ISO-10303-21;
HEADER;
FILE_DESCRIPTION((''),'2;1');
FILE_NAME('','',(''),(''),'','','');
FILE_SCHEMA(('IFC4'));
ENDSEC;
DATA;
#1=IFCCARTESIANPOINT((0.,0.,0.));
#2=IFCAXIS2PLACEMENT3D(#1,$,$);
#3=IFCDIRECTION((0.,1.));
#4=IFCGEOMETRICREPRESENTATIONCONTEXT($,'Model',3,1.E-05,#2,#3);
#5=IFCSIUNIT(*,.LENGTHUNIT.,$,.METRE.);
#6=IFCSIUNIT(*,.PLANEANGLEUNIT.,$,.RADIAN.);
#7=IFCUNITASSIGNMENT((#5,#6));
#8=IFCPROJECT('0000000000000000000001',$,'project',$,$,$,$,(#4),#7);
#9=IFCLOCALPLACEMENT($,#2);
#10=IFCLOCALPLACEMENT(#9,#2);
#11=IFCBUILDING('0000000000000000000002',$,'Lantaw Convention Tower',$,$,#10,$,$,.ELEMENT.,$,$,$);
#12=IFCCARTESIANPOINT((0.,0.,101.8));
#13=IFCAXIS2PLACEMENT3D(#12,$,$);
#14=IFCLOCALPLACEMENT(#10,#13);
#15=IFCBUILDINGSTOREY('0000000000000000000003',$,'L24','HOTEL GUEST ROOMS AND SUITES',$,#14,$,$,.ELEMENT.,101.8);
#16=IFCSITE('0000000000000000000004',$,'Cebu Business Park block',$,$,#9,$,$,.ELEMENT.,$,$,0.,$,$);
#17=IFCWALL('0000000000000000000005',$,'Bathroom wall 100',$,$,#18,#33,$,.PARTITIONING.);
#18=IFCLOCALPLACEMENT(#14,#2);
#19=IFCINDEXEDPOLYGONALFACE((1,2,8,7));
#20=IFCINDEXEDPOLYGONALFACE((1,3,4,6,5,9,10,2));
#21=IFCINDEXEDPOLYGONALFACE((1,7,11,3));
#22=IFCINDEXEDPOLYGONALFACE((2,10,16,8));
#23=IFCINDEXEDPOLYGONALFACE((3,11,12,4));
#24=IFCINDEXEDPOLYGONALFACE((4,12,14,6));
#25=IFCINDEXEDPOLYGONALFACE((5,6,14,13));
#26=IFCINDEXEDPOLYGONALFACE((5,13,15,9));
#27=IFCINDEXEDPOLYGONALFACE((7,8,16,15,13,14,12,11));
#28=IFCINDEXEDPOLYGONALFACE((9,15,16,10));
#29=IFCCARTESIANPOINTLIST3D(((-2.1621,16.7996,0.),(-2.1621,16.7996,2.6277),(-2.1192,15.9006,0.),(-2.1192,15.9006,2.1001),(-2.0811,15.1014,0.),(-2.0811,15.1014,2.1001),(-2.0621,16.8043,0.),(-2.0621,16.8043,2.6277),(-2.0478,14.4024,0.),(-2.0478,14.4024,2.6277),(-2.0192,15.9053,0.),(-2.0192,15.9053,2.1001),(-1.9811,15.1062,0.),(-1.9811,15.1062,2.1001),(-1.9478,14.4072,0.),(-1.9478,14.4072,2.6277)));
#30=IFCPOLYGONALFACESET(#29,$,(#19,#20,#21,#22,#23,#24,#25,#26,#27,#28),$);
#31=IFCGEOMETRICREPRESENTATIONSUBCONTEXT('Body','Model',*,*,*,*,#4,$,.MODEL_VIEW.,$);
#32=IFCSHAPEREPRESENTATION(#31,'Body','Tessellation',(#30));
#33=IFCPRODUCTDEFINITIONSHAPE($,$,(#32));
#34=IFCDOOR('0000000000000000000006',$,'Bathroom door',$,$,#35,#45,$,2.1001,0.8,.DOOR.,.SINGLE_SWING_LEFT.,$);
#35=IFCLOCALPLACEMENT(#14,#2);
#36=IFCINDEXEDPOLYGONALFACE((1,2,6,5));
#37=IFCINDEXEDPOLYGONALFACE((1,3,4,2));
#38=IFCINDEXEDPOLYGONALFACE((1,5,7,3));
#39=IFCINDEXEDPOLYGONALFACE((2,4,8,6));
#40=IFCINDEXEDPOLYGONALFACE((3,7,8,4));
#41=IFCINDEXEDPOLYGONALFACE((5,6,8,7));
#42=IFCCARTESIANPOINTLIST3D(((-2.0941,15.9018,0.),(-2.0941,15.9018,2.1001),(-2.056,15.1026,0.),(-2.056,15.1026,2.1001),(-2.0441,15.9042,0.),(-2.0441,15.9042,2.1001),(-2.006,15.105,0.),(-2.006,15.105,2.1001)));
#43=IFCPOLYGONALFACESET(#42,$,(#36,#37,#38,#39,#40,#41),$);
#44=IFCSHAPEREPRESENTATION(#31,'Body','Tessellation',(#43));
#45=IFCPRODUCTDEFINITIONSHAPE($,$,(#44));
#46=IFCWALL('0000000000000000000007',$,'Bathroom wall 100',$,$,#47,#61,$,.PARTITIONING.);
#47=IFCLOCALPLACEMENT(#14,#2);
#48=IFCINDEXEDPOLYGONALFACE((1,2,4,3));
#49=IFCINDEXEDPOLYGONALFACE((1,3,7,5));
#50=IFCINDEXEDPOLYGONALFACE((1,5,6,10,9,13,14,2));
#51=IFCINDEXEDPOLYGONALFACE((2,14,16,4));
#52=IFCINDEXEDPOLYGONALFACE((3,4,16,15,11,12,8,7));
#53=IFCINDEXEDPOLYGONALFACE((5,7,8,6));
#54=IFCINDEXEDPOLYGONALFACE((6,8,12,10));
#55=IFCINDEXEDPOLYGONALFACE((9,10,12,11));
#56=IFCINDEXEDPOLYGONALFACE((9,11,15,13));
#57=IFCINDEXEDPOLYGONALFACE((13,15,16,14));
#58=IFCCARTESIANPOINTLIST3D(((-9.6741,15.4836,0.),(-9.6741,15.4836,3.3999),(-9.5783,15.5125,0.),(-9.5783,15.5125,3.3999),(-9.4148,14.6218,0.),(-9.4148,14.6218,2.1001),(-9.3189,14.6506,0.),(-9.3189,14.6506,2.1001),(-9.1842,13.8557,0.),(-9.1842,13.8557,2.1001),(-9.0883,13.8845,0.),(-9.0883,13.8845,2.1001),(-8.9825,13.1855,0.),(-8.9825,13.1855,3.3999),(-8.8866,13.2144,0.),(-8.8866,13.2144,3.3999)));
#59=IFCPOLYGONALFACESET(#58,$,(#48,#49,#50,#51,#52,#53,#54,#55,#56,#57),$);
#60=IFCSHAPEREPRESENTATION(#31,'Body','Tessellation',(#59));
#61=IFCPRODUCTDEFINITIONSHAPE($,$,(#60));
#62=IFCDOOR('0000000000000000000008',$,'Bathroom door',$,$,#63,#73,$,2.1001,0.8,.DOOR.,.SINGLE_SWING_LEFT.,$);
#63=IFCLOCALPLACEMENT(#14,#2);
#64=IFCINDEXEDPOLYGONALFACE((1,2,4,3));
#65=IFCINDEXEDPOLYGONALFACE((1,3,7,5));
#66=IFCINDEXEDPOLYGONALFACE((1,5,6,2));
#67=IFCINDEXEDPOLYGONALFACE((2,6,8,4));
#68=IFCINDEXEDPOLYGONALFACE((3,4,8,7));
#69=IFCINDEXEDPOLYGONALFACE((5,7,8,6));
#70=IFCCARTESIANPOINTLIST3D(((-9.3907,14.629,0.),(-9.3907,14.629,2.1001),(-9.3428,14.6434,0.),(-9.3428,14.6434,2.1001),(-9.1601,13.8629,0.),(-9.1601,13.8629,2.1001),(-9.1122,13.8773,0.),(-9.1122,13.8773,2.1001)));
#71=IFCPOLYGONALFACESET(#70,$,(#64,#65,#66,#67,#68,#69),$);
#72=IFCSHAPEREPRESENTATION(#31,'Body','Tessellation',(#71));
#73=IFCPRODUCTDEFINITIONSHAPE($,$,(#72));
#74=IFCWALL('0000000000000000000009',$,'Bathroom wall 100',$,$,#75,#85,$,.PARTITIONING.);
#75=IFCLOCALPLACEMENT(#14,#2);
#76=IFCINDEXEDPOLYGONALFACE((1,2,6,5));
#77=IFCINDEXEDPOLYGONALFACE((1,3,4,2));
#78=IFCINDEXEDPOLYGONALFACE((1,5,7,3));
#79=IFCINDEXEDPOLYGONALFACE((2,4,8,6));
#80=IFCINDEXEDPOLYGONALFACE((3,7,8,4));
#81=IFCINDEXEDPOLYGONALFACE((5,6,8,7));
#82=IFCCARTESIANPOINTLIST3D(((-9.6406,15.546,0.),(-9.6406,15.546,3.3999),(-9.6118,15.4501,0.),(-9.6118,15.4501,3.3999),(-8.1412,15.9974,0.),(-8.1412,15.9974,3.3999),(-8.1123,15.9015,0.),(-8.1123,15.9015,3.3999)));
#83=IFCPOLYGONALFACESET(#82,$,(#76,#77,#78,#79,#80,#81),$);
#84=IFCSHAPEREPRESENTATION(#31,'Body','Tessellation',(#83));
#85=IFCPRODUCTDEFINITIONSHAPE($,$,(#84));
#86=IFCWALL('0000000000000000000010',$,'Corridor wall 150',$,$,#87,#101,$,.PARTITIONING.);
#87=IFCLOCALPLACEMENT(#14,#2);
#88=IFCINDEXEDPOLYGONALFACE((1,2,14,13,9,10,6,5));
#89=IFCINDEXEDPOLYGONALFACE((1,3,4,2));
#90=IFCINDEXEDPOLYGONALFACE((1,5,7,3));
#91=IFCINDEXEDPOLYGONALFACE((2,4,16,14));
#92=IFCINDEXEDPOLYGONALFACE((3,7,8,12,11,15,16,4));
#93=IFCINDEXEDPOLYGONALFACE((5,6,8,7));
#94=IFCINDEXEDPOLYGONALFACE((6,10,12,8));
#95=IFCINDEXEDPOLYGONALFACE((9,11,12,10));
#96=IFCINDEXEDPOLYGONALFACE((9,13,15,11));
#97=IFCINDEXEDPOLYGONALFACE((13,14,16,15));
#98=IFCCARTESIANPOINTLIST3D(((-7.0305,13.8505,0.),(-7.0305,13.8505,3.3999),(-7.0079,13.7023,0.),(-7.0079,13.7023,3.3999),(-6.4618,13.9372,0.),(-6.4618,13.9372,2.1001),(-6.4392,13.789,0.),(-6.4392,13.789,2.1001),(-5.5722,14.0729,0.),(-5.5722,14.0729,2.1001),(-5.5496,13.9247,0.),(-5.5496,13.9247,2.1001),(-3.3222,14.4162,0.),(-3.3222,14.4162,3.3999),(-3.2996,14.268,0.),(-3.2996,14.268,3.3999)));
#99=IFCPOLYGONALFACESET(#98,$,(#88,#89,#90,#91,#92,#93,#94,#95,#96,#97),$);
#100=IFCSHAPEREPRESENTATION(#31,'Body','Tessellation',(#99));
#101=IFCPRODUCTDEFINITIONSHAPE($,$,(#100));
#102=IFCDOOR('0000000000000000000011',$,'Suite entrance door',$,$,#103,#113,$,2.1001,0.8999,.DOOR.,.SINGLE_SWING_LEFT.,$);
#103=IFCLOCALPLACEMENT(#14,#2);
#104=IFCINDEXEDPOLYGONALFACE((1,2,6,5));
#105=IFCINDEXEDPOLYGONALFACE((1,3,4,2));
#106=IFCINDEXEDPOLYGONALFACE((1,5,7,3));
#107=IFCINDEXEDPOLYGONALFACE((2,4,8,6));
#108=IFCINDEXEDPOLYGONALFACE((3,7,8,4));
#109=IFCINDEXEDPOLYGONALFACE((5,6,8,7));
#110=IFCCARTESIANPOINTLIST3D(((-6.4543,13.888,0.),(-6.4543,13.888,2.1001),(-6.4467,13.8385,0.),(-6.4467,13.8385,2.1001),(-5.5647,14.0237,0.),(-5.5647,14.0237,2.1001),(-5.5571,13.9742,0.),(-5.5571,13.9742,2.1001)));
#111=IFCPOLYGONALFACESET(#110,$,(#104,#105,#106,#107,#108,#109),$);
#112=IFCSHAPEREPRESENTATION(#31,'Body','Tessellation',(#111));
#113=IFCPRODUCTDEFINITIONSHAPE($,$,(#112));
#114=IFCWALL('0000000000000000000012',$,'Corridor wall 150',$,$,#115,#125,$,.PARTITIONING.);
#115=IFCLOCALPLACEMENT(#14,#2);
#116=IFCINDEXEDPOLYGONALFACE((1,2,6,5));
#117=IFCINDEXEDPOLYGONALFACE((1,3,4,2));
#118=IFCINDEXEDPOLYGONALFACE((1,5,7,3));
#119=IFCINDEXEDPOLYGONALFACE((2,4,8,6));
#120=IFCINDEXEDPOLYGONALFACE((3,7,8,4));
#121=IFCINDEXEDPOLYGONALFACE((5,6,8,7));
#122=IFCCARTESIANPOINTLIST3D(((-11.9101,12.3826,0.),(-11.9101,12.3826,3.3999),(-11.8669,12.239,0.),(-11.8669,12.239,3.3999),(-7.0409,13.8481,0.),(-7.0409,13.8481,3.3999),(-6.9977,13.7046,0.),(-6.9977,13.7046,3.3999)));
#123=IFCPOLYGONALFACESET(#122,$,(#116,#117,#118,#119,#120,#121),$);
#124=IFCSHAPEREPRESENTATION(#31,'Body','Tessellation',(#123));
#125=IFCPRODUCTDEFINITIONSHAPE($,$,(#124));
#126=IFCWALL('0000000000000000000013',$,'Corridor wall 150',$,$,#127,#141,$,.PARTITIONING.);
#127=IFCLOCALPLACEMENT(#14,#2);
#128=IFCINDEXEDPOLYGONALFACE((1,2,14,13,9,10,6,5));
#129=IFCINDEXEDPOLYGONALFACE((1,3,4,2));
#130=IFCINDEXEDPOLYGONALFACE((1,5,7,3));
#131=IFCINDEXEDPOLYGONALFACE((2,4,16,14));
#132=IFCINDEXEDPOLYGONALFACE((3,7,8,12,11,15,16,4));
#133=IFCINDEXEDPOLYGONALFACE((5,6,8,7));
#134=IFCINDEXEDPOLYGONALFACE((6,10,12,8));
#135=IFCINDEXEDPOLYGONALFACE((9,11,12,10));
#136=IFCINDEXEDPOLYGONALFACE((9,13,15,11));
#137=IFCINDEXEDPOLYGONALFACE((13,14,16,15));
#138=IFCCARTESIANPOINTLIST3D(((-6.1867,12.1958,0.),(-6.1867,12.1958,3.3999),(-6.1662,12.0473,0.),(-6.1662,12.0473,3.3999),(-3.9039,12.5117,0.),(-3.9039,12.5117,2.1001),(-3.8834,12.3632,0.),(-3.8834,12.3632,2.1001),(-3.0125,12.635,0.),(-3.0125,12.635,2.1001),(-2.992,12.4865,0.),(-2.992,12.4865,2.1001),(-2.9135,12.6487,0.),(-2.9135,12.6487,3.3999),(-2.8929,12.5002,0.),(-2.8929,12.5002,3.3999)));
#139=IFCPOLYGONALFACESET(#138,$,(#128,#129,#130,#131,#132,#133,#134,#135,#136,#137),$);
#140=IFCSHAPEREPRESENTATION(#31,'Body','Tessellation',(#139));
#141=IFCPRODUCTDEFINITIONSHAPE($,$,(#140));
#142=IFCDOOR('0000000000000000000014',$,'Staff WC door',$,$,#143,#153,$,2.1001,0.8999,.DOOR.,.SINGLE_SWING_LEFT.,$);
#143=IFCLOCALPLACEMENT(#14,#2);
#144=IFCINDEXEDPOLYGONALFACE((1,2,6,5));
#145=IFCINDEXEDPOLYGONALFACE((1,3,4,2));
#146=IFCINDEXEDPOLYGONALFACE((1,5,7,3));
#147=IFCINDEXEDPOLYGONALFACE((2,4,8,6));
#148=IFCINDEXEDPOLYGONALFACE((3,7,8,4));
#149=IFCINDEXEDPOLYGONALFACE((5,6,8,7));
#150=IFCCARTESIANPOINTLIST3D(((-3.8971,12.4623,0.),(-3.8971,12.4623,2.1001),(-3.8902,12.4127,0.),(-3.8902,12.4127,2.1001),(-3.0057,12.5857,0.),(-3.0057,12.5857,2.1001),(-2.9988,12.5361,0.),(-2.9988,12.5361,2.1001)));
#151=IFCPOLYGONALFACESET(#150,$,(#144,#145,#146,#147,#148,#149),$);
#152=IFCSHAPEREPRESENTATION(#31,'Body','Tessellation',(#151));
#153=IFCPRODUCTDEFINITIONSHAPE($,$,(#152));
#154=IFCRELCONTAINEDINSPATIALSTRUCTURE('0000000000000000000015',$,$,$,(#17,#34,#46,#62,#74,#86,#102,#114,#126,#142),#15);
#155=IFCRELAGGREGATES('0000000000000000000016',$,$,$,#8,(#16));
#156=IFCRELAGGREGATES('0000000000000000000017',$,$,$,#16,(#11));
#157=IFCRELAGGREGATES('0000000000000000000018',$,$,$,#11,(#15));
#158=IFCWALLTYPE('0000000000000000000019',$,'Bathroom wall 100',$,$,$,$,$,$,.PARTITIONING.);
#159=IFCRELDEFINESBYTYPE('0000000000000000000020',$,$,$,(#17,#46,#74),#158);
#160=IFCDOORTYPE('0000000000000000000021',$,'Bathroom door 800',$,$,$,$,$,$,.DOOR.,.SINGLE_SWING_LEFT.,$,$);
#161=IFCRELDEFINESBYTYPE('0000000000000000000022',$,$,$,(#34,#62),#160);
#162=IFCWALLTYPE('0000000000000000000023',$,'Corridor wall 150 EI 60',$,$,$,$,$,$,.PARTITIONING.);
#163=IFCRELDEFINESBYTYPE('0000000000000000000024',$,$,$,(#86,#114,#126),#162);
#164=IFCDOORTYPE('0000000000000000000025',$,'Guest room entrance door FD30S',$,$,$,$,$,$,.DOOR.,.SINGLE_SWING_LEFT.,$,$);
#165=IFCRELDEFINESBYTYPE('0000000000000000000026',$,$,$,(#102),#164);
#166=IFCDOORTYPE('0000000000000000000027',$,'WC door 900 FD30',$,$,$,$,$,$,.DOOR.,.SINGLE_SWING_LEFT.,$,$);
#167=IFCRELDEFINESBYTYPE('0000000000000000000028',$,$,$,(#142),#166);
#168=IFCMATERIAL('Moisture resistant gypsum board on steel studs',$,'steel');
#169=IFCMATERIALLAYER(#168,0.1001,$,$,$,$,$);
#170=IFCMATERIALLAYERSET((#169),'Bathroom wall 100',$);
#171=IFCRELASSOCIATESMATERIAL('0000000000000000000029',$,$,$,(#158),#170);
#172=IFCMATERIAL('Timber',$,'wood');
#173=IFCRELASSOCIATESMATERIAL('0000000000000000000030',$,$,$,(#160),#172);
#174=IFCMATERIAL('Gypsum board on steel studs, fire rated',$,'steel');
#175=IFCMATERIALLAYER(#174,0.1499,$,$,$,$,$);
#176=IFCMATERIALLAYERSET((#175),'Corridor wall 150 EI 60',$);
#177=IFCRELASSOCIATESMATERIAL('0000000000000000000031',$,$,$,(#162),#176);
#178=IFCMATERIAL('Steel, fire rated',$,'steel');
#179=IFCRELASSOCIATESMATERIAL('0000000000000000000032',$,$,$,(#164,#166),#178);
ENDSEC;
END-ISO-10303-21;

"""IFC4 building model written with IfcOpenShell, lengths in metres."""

from ifc_helpers import new_model, si_unit, direction, frame, frame_2d, origin, place, context, subcontext, project, spatial, rectangle, extrude, material, layer, layer_set, type_object, element, fill, save


model = new_model("IFC4")

# Units and contexts
model_context = context("Model", 3, precision=1e-05, world=origin(), true_north=direction((0.0, 1.0)))
body_context = subcontext(model_context, "Body", "Model", "MODEL_VIEW")
ifc_project = project(units=[si_unit("LENGTHUNIT", "METRE"), si_unit("PLANEANGLEUNIT", "RADIAN")], contexts=[model_context])

# Site, building, storey
site_placement = place(None, origin())
site = spatial("IfcSite", under=ifc_project, at=site_placement, Name="Cebu Business Park block", CompositionType="ELEMENT", RefElevation=0.0)
building_placement = place(site_placement, origin())
building = spatial("IfcBuilding", under=site, at=building_placement, Name="Lantaw Convention Tower", CompositionType="ELEMENT")
storey_placement = place(building_placement, frame((0.0, 0.0, 101.8)))
storey = spatial("IfcBuildingStorey", under=building, at=storey_placement, Name="L24", Description="HOTEL GUEST ROOMS AND SUITES", CompositionType="ELEMENT", Elevation=101.8)

# Walls, openings, doors
ifc_material_1 = material(Name="Moisture resistant gypsum board on steel studs", Category="steel")
ifc_layer_1 = layer(ifc_material_1, 0.1001)
ifc_layer_set_1 = layer_set([ifc_layer_1], Name="Bathroom wall 100")
wall_type_1 = type_object("IfcWallType", Name="Bathroom wall 100", PredefinedType="PARTITIONING", material=ifc_layer_set_1)
wall_1_placement = place(storey_placement, frame((-1.9978, 14.4048, 0.0), z_axis=(0.0, 0.0, 1.0), x_axis=(-0.047609, 0.998866, 0.0)))
wall_1 = element("IfcWall", 1, at=wall_1_placement, inside=storey, type_object=wall_type_1, Name="Bathroom wall 100", PredefinedType="PARTITIONING", context=body_context, shape_type="SweptSolid", body=[
    extrude(rectangle(XDim=2.3999, YDim=0.1001, at=frame_2d((1.2, 0.0))), origin(), (0.0, 0.0, 1.0), 2.6277),
])
opening_1_placement = place(wall_1_placement, frame((0.7, 0.0, 0.0)))
opening_1 = element("IfcOpeningElement", 2, at=opening_1_placement, cuts=wall_1, PredefinedType="OPENING", context=body_context, shape_type="SweptSolid", body=[
    extrude(rectangle(XDim=0.8, YDim=2.1001, at=frame_2d((0.3999, 1.05))), frame((0.0, 0.0601, 0.0), z_axis=(0.0, -1.0, 0.0), x_axis=(1.0, 0.0, 0.0)), (0.0, 0.0, 1.0), 0.1201),
])
ifc_material_2 = material(Name="Timber", Category="wood")
door_type_1 = type_object("IfcDoorType", Name="Bathroom door 800", OperationType="SINGLE_SWING_LEFT", PredefinedType="DOOR", material=ifc_material_2)
door_1_placement = place(opening_1_placement, origin())
door_1 = element("IfcDoor", 3, at=door_1_placement, inside=storey, type_object=door_type_1, Name="Bathroom door", OperationType="SINGLE_SWING_LEFT", OverallHeight=2.1001, OverallWidth=0.8, PredefinedType="DOOR", context=body_context, shape_type="SweptSolid", body=[
    extrude(rectangle(XDim=0.8, YDim=2.1001, at=frame_2d((0.3999, 1.05))), frame((0.0, 0.0249, 0.0), z_axis=(0.0, -1.0, 0.0), x_axis=(1.0, 0.0, 0.0)), (0.0, 0.0, 1.0), 0.05),
])
fill(opening_1, door_1)
wall_2_placement = place(storey_placement, frame((-8.9346, 13.2, 0.0), z_axis=(0.0, 0.0, 1.0), x_axis=(-0.288197, 0.957571, 0.0)))
wall_2 = element("IfcWall", 4, at=wall_2_placement, inside=storey, type_object=wall_type_1, Name="Bathroom wall 100", PredefinedType="PARTITIONING", context=body_context, shape_type="SweptSolid", body=[
    extrude(rectangle(XDim=2.3999, YDim=0.1001, at=frame_2d((1.2, 0.0))), origin(), (0.0, 0.0, 1.0), 3.3999),
])
opening_2_placement = place(wall_2_placement, frame((0.7, 0.0, 0.0)))
opening_2 = element("IfcOpeningElement", 5, at=opening_2_placement, cuts=wall_2, PredefinedType="OPENING", context=body_context, shape_type="SweptSolid", body=[
    extrude(rectangle(XDim=0.8, YDim=2.1001, at=frame_2d((0.3999, 1.05))), frame((0.0, 0.0601, 0.0), z_axis=(0.0, -1.0, 0.0), x_axis=(1.0, 0.0, 0.0)), (0.0, 0.0, 1.0), 0.1201),
])
door_2_placement = place(opening_2_placement, origin())
door_2 = element("IfcDoor", 6, at=door_2_placement, inside=storey, type_object=door_type_1, Name="Bathroom door", OperationType="SINGLE_SWING_LEFT", OverallHeight=2.1001, OverallWidth=0.8, PredefinedType="DOOR", context=body_context, shape_type="SweptSolid", body=[
    extrude(rectangle(XDim=0.8, YDim=2.1001, at=frame_2d((0.3999, 1.05))), frame((0.0, 0.0249, 0.0), z_axis=(0.0, -1.0, 0.0), x_axis=(1.0, 0.0, 0.0)), (0.0, 0.0, 1.0), 0.05),
])
fill(opening_2, door_2)

# Wall
wall_3_placement = place(storey_placement, frame((-9.6262, 15.498, 0.0), z_axis=(0.0, 0.0, 1.0), x_axis=(0.957551, 0.288263, 0.0)))
element("IfcWall", 7, at=wall_3_placement, inside=storey, type_object=wall_type_1, Name="Bathroom wall 100", PredefinedType="PARTITIONING", context=body_context, shape_type="SweptSolid", body=[
    extrude(rectangle(XDim=1.5659, YDim=0.1001, at=frame_2d((0.783, 0.0))), origin(), (0.0, 0.0, 1.0), 3.3999),
])

# Wall, opening, door
ifc_material_3 = material(Name="Gypsum board on steel studs, fire rated", Category="steel")
ifc_layer_2 = layer(ifc_material_3, 0.1499)
ifc_layer_set_2 = layer_set([ifc_layer_2], Name="Corridor wall 150 EI 60")
wall_type_2 = type_object("IfcWallType", Name="Corridor wall 150 EI 60", PredefinedType="PARTITIONING", material=ifc_layer_set_2)
wall_4_placement = place(storey_placement, frame((-3.311, 14.342, 0.0), z_axis=(0.0, 0.0, 1.0), x_axis=(-0.988564, -0.1508, 0.0)))
wall_4 = element("IfcWall", 8, at=wall_4_placement, inside=storey, type_object=wall_type_2, Name="Corridor wall 150", PredefinedType="PARTITIONING", context=body_context, shape_type="SweptSolid", body=[
    extrude(rectangle(XDim=3.7512, YDim=0.1499, at=frame_2d((1.8755, 0.0))), origin(), (0.0, 0.0, 1.0), 3.3999),
])
opening_3_placement = place(wall_4_placement, frame((2.2759, 0.0, 0.0)))
opening_3 = element("IfcOpeningElement", 9, at=opening_3_placement, cuts=wall_4, PredefinedType="OPENING", context=body_context, shape_type="SweptSolid", body=[
    extrude(rectangle(XDim=0.8999, YDim=2.1001, at=frame_2d((0.45, 1.05))), frame((0.0, 0.085, 0.0), z_axis=(0.0, -1.0, 0.0), x_axis=(1.0, 0.0, 0.0)), (0.0, 0.0, 1.0), 0.1699),
])
ifc_material_4 = material(Name="Steel, fire rated", Category="steel")
door_type_2 = type_object("IfcDoorType", Name="Guest room entrance door FD30S", OperationType="SINGLE_SWING_LEFT", PredefinedType="DOOR", material=ifc_material_4)
door_3_placement = place(opening_3_placement, origin())
door_3 = element("IfcDoor", 10, at=door_3_placement, inside=storey, type_object=door_type_2, Name="Suite entrance door", OperationType="SINGLE_SWING_LEFT", OverallHeight=2.1001, OverallWidth=0.8999, PredefinedType="DOOR", context=body_context, shape_type="SweptSolid", body=[
    extrude(rectangle(XDim=0.8999, YDim=2.1001, at=frame_2d((0.45, 1.05))), frame((0.0, 0.0249, 0.0), z_axis=(0.0, -1.0, 0.0), x_axis=(1.0, 0.0, 0.0)), (0.0, 0.0, 1.0), 0.05),
])
fill(opening_3, door_3)

# Wall
wall_5_placement = place(storey_placement, frame((-7.0193, 13.7764, 0.0), z_axis=(0.0, 0.0, 1.0), x_axis=(-0.957564, -0.28822, 0.0)))
element("IfcWall", 11, at=wall_5_placement, inside=storey, type_object=wall_type_2, Name="Corridor wall 150", PredefinedType="PARTITIONING", context=body_context, shape_type="SweptSolid", body=[
    extrude(rectangle(XDim=5.085, YDim=0.1499, at=frame_2d((2.5425, 0.0))), origin(), (0.0, 0.0, 1.0), 3.3999),
])

# Wall, opening, door
wall_6_placement = place(storey_placement, frame((-2.9031, 12.5745, 0.0), z_axis=(0.0, 0.0, 1.0), x_axis=(-0.990563, -0.137055, 0.0)))
wall_6 = element("IfcWall", 12, at=wall_6_placement, inside=storey, type_object=wall_type_2, Name="Corridor wall 150", PredefinedType="PARTITIONING", context=body_context, shape_type="SweptSolid", body=[
    extrude(rectangle(XDim=3.3044, YDim=0.1499, at=frame_2d((1.6523, 0.0))), origin(), (0.0, 0.0, 1.0), 3.3999),
])
opening_4_placement = place(wall_6_placement, frame((0.1001, 0.0, 0.0)))
opening_4 = element("IfcOpeningElement", 13, at=opening_4_placement, cuts=wall_6, PredefinedType="OPENING", context=body_context, shape_type="SweptSolid", body=[
    extrude(rectangle(XDim=0.8999, YDim=2.1001, at=frame_2d((0.45, 1.05))), frame((0.0, 0.085, 0.0), z_axis=(0.0, -1.0, 0.0), x_axis=(1.0, 0.0, 0.0)), (0.0, 0.0, 1.0), 0.1699),
])
door_type_3 = type_object("IfcDoorType", Name="WC door 900 FD30", OperationType="SINGLE_SWING_LEFT", PredefinedType="DOOR", material=ifc_material_4)
door_4_placement = place(opening_4_placement, origin())
door_4 = element("IfcDoor", 14, at=door_4_placement, inside=storey, type_object=door_type_3, Name="Staff WC door", OperationType="SINGLE_SWING_LEFT", OverallHeight=2.1001, OverallWidth=0.8999, PredefinedType="DOOR", context=body_context, shape_type="SweptSolid", body=[
    extrude(rectangle(XDim=0.8999, YDim=2.1001, at=frame_2d((0.45, 1.05))), frame((0.0, 0.0249, 0.0), z_axis=(0.0, -1.0, 0.0), x_axis=(1.0, 0.0, 0.0)), (0.0, 0.0, 1.0), 0.05),
])
fill(opening_4, door_4)

save(model, "model.ifc")
